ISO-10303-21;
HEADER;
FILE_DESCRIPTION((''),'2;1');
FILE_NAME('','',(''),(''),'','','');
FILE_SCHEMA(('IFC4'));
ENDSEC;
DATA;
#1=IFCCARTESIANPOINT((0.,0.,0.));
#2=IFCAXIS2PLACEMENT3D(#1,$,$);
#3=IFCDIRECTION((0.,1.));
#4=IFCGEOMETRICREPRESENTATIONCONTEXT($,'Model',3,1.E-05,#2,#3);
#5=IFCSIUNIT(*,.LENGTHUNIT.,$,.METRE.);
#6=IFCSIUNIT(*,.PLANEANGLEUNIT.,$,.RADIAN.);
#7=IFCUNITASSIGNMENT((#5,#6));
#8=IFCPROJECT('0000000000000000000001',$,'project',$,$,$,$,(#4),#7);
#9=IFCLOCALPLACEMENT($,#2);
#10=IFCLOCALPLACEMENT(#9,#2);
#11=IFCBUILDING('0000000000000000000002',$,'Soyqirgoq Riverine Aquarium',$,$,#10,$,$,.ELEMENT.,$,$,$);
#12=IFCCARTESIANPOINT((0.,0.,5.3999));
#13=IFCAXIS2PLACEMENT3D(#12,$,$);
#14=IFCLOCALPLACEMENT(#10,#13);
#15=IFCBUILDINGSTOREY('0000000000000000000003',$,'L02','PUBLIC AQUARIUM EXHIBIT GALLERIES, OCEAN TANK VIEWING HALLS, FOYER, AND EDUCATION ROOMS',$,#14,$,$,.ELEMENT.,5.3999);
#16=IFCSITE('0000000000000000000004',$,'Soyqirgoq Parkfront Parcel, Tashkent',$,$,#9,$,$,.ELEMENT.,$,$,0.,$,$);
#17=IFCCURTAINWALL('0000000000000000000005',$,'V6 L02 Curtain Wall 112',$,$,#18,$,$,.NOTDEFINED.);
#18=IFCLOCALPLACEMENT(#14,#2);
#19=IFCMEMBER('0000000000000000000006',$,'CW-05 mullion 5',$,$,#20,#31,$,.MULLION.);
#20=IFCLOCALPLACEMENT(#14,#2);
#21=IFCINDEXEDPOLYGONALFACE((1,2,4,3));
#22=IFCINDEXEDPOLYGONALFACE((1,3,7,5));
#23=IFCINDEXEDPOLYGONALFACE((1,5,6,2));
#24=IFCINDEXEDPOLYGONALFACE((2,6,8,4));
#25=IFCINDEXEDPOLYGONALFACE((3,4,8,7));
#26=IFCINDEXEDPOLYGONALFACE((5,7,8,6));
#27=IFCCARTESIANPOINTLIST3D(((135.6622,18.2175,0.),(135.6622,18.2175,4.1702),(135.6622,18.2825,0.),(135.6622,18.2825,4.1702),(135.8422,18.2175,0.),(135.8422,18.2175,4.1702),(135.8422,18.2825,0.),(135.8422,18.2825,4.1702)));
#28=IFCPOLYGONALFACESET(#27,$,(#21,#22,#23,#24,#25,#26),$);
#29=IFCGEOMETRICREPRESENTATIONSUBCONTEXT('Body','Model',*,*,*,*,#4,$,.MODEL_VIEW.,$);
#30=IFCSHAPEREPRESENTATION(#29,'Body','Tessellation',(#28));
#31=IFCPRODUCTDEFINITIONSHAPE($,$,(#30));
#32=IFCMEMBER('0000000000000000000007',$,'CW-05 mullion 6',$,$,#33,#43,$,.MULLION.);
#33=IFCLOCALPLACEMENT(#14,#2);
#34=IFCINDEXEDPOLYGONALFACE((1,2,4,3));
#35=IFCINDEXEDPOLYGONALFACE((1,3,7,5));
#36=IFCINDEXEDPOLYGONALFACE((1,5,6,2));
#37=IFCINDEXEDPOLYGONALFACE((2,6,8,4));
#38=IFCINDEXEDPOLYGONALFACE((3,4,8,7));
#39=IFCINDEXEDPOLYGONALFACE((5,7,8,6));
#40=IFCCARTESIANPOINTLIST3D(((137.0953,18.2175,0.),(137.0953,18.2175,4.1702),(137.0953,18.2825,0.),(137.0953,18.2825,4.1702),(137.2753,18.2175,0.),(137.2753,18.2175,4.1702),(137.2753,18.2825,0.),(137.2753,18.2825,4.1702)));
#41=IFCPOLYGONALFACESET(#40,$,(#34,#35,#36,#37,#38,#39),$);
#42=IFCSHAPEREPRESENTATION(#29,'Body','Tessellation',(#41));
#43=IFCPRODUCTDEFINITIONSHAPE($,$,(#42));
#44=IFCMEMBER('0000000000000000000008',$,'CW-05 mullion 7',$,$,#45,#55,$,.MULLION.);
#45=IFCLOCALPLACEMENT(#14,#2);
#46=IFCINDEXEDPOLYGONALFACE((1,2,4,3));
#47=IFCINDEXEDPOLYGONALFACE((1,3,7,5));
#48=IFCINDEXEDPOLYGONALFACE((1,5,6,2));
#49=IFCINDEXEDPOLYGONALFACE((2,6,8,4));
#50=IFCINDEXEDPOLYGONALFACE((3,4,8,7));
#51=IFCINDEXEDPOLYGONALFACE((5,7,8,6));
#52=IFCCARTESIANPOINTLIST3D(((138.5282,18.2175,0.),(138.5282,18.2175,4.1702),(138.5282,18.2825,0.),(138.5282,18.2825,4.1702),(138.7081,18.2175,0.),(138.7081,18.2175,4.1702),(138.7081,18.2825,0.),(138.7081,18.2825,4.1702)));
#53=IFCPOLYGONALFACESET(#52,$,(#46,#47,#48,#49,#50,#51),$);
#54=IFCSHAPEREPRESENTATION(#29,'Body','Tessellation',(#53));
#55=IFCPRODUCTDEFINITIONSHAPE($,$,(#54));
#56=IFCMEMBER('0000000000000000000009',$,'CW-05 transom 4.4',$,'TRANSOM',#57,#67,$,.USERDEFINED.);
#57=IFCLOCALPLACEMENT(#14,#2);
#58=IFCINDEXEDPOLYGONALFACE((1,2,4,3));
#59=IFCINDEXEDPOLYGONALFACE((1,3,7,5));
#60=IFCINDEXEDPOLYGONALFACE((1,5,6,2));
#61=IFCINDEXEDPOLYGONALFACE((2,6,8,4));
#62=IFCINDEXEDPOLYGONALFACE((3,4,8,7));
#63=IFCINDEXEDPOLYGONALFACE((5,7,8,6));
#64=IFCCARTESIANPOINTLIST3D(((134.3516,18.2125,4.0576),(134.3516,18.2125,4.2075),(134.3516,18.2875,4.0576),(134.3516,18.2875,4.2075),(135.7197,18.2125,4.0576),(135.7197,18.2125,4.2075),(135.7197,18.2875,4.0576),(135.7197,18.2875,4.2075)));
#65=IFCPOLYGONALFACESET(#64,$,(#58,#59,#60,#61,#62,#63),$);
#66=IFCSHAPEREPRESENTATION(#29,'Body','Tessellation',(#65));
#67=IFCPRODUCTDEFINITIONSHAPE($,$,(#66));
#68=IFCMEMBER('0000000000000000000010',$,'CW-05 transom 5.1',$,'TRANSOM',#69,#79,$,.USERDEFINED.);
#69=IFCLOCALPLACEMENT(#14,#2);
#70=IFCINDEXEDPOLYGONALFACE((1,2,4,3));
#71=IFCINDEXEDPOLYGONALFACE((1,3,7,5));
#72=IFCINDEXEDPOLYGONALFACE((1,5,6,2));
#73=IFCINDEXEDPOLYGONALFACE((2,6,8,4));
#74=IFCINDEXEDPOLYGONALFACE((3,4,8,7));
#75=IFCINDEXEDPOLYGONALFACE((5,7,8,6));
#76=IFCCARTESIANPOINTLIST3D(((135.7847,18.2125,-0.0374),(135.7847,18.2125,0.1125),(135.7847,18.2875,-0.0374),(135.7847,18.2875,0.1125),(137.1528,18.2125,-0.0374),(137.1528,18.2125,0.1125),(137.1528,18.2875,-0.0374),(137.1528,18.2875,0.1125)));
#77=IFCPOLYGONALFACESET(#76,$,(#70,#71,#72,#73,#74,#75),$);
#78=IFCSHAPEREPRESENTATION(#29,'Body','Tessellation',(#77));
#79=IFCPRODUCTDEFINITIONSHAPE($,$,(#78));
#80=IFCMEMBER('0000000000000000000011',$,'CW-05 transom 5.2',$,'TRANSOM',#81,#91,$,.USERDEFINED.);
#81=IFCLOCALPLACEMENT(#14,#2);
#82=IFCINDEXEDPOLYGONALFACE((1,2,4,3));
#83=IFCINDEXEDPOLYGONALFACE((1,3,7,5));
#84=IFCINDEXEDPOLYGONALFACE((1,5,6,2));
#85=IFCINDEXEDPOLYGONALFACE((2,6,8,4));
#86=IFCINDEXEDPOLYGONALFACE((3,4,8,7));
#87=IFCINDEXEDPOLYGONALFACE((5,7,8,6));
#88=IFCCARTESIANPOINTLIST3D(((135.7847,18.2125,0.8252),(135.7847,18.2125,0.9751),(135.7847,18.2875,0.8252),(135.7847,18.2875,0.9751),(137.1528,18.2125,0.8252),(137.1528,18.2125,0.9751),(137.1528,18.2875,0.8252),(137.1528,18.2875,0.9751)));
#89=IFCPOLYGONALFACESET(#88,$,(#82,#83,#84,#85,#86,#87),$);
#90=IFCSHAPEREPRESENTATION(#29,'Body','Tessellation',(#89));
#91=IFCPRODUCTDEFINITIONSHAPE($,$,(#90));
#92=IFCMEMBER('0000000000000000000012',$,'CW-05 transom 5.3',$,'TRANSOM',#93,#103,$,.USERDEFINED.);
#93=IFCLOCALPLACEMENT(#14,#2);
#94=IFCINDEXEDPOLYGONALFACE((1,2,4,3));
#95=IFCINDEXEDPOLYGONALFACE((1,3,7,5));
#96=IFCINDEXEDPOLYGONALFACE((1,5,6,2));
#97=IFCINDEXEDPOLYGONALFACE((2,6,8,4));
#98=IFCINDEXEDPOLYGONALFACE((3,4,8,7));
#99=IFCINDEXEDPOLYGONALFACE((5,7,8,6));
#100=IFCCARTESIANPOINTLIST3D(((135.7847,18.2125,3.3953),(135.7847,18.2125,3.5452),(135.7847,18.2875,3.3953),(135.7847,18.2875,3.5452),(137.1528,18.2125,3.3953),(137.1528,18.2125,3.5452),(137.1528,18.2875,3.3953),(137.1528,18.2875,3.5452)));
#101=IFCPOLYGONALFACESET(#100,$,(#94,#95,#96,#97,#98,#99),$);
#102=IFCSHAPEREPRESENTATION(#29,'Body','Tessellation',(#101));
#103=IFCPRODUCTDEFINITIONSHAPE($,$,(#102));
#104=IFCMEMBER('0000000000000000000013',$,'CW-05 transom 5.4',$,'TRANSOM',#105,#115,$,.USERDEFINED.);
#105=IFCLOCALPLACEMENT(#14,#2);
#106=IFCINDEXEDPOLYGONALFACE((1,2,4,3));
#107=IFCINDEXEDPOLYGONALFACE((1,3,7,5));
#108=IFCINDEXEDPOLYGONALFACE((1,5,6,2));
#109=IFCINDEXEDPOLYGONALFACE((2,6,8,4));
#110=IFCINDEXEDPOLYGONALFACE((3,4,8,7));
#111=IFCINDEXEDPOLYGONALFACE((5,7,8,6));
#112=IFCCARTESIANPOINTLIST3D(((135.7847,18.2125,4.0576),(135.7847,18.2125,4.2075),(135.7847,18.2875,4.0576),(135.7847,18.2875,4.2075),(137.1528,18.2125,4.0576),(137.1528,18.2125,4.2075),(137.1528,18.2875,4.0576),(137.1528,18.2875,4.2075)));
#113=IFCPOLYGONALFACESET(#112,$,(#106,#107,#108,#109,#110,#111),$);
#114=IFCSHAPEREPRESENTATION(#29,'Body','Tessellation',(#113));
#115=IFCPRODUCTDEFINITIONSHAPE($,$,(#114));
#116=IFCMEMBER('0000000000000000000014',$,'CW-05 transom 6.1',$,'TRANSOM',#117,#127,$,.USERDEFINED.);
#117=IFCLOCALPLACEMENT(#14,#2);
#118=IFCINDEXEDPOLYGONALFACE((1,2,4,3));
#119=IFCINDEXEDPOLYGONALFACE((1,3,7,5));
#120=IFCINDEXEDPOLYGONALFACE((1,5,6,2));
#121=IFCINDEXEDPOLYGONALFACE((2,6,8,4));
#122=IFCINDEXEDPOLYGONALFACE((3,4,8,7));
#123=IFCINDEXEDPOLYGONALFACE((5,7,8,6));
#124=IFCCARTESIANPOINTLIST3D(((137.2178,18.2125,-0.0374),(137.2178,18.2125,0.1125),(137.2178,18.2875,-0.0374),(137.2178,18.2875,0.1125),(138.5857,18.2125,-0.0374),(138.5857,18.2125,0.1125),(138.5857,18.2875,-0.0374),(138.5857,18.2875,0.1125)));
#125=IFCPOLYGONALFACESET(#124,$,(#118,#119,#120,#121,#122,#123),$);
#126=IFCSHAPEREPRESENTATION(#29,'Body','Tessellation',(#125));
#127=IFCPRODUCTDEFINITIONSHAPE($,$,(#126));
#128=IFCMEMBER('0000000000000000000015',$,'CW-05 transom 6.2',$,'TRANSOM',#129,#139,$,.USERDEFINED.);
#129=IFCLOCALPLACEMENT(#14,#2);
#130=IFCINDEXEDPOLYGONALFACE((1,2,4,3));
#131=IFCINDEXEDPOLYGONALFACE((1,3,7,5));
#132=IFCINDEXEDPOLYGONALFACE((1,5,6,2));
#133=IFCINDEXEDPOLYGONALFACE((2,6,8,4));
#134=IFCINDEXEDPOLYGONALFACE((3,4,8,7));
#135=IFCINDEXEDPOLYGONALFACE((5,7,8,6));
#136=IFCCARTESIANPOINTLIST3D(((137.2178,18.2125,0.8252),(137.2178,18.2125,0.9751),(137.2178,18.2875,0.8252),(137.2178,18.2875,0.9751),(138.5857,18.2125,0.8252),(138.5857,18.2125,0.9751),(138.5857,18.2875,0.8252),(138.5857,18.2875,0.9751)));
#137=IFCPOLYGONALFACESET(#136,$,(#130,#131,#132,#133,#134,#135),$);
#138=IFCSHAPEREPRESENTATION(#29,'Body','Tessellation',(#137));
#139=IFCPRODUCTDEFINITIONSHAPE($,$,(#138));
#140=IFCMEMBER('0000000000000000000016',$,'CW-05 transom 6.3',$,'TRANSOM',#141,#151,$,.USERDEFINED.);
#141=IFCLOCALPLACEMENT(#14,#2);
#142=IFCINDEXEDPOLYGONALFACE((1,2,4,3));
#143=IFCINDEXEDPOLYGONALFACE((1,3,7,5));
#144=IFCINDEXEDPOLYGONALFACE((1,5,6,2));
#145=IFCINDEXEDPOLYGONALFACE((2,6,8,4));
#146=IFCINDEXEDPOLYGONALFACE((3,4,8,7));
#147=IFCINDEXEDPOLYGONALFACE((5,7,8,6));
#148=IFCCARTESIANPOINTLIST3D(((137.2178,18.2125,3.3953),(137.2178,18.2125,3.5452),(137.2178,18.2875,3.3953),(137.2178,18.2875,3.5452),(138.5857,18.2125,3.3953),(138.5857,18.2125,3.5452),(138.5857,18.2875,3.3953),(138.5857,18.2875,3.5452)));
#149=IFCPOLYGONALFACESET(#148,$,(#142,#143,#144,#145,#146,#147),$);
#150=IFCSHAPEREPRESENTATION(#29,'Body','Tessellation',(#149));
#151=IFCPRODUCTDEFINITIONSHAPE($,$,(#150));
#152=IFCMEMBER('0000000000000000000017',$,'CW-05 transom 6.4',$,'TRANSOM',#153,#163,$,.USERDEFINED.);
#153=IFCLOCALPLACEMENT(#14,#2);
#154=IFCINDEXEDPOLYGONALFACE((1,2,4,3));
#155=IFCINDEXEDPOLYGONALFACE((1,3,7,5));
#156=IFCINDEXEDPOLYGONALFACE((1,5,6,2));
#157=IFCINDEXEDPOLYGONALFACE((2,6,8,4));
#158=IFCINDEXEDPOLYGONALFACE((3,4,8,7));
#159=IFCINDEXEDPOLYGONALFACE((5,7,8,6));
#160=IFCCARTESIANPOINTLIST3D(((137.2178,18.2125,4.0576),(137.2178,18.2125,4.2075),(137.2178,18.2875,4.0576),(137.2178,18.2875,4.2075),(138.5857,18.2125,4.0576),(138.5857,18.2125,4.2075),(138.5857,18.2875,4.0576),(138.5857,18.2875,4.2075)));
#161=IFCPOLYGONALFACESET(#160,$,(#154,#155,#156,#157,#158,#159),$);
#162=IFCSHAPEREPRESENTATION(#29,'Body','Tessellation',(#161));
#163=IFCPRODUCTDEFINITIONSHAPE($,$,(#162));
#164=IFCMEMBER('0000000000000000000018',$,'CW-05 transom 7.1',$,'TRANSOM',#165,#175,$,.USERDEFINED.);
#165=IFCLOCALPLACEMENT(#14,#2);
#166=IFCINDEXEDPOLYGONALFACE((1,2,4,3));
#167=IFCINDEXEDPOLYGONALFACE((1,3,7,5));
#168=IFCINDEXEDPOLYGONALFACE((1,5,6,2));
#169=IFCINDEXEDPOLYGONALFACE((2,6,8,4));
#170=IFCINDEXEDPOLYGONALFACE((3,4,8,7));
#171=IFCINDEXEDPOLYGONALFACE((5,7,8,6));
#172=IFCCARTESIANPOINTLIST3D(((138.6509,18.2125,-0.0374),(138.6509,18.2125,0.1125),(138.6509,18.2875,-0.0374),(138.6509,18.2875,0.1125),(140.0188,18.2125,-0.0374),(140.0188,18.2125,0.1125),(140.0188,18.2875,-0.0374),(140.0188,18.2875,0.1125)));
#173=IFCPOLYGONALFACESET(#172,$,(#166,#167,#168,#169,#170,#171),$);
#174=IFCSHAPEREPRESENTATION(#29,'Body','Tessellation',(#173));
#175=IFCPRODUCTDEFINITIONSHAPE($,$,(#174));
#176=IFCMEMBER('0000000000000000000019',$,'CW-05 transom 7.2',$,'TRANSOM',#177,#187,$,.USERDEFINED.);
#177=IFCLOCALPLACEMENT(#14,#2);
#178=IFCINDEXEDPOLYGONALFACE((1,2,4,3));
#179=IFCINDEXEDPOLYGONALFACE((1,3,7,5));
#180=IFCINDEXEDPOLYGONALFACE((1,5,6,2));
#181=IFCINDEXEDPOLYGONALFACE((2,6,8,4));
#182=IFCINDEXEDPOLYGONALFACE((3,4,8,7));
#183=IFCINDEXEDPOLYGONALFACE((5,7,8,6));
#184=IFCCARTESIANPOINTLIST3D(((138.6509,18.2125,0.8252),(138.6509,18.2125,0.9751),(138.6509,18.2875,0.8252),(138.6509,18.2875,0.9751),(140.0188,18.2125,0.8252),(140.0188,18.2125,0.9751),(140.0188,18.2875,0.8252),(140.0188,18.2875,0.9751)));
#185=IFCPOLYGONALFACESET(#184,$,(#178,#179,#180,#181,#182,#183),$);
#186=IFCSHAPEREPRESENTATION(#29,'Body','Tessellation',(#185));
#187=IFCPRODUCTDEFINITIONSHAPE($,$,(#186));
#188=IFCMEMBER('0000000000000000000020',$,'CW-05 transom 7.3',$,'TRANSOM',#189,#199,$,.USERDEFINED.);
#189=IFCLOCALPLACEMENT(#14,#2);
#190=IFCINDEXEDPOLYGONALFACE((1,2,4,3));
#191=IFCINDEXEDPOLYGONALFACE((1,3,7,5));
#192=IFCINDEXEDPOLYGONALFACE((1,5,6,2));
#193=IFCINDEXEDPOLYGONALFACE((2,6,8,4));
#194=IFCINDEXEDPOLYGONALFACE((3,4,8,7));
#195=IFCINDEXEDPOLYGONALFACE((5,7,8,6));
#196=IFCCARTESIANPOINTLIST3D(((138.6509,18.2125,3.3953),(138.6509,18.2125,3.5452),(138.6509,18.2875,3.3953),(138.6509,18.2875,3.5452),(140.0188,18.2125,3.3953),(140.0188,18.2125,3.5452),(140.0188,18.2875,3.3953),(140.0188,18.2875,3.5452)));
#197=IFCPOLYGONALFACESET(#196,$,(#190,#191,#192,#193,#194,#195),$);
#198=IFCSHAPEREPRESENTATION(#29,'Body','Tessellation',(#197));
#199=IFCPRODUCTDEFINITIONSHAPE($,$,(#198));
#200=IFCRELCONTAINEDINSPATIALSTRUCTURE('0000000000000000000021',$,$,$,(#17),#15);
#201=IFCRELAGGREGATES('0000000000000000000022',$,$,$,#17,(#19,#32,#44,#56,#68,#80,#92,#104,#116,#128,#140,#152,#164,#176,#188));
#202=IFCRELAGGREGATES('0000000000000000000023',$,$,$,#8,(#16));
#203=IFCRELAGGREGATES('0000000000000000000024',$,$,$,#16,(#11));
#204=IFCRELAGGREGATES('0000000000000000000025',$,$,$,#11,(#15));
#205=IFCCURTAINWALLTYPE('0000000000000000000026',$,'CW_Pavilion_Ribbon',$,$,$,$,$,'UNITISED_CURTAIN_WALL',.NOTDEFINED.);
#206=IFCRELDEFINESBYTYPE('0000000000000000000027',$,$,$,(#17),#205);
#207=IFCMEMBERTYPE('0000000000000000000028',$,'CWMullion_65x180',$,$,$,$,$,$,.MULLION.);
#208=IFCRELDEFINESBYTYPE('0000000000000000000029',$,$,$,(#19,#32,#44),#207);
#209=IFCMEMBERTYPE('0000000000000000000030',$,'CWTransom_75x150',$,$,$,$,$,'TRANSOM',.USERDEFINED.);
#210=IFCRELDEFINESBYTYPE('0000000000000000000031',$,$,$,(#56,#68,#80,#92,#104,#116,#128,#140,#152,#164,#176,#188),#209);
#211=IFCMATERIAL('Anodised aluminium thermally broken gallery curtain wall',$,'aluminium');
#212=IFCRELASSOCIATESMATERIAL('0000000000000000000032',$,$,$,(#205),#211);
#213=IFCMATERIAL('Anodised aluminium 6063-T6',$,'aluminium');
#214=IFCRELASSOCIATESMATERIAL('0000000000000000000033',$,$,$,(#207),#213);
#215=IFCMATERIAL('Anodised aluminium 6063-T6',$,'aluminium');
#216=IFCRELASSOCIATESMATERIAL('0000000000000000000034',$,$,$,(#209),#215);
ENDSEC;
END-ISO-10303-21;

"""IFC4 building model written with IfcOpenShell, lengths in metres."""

from ifc_helpers import new_model, si_unit, direction, frame, origin, origin_2d, place, context, subcontext, project, spatial, rectangle, extrude, material, material_profile, profile_set, type_object, element, aggregate, save


model = new_model("IFC4")

# Units and contexts
model_context = context("Model", 3, precision=1e-05, world=origin(), true_north=direction((0.0, 1.0)))
body_context = subcontext(model_context, "Body", "Model", "MODEL_VIEW")
ifc_project = project(units=[si_unit("LENGTHUNIT", "METRE"), si_unit("PLANEANGLEUNIT", "RADIAN")], contexts=[model_context])

# Site, building, storey
site_placement = place(None, origin())
site = spatial("IfcSite", under=ifc_project, at=site_placement, Name="Soyqirgoq Parkfront Parcel, Tashkent", CompositionType="ELEMENT", RefElevation=0.0)
building_placement = place(site_placement, origin())
building = spatial("IfcBuilding", under=site, at=building_placement, Name="Soyqirgoq Riverine Aquarium", CompositionType="ELEMENT")
storey_placement = place(building_placement, frame((0.0, 0.0, 5.3999)))
storey = spatial("IfcBuildingStorey", under=building, at=storey_placement, Name="L02", Description="PUBLIC AQUARIUM EXHIBIT GALLERIES, OCEAN TANK VIEWING HALLS, FOYER, AND EDUCATION ROOMS", CompositionType="ELEMENT", Elevation=5.3999)

# Curtain wall, members
ifc_material_1 = material(Name="Anodised aluminium thermally broken gallery curtain wall", Category="aluminium")
curtain_wall_type = type_object("IfcCurtainWallType", Name="CW_Pavilion_Ribbon", ElementType="UNITISED_CURTAIN_WALL", PredefinedType="NOTDEFINED", material=ifc_material_1)
curtain_wall_placement = place(storey_placement, origin())
curtain_wall = element("IfcCurtainWall", 1, at=curtain_wall_placement, inside=storey, type_object=curtain_wall_type, Name="V6 L02 Curtain Wall 112", PredefinedType="NOTDEFINED")
ifc_material_2 = material(Name="Anodised aluminium 6063-T6", Category="aluminium")
ifc_material_profile_1 = material_profile(ifc_material_2, rectangle(XDim=0.0649, YDim=0.1799, at=origin_2d()), Name="ALU-M 65x180")
ifc_profile_set_1 = profile_set([ifc_material_profile_1], Name="Anodised aluminium 6063-T6")
member_type_1 = type_object("IfcMemberType", Name="CWMullion_65x180", PredefinedType="MULLION", material=ifc_profile_set_1)
member_1_placement = place(storey_placement, frame((135.7522, 18.25, 0.0), z_axis=(0.0, 0.0, 1.0), x_axis=(0.0, 1.0, 0.0)))
member_1 = element("IfcMember", 2, at=member_1_placement, type_object=member_type_1, Name="CW-05 mullion 5", PredefinedType="MULLION", context=body_context, shape_type="SweptSolid", body=[
    extrude(rectangle(XDim=0.0649, YDim=0.1799, at=origin_2d()), origin(), (0.0, 0.0, 1.0), 4.1702),
])
member_2_placement = place(storey_placement, frame((137.1853, 18.25, 0.0), z_axis=(0.0, 0.0, 1.0), x_axis=(0.0, 1.0, 0.0)))
member_2 = element("IfcMember", 3, at=member_2_placement, type_object=member_type_1, Name="CW-05 mullion 6", PredefinedType="MULLION", context=body_context, shape_type="SweptSolid", body=[
    extrude(rectangle(XDim=0.0649, YDim=0.1799, at=origin_2d()), origin(), (0.0, 0.0, 1.0), 4.1702),
])
member_3_placement = place(storey_placement, frame((138.6182, 18.25, 0.0), z_axis=(0.0, 0.0, 1.0), x_axis=(0.0, 1.0, 0.0)))
member_3 = element("IfcMember", 4, at=member_3_placement, type_object=member_type_1, Name="CW-05 mullion 7", PredefinedType="MULLION", context=body_context, shape_type="SweptSolid", body=[
    extrude(rectangle(XDim=0.0649, YDim=0.1799, at=origin_2d()), origin(), (0.0, 0.0, 1.0), 4.1702),
])
ifc_material_3 = material(Name="Anodised aluminium 6063-T6", Category="aluminium")
ifc_material_profile_2 = material_profile(ifc_material_3, rectangle(XDim=0.075, YDim=0.1499, at=origin_2d()), Name="ALU-T 75x150")
ifc_profile_set_2 = profile_set([ifc_material_profile_2], Name="Anodised aluminium 6063-T6")
member_type_2 = type_object("IfcMemberType", Name="CWTransom_75x150", ElementType="TRANSOM", PredefinedType="USERDEFINED", material=ifc_profile_set_2)
member_4_placement = place(storey_placement, frame((134.3516, 18.25, 4.1326), z_axis=(1.0, 0.0, 0.0), x_axis=(0.0, 1.0, 0.0)))
member_4 = element("IfcMember", 5, at=member_4_placement, type_object=member_type_2, Name="CW-05 transom 4.4", ObjectType="TRANSOM", PredefinedType="USERDEFINED", context=body_context, shape_type="SweptSolid", body=[
    extrude(rectangle(XDim=0.075, YDim=0.1499, at=origin_2d()), origin(), (0.0, 0.0, 1.0), 1.3682),
])
member_5_placement = place(storey_placement, frame((135.7847, 18.25, 0.0376), z_axis=(1.0, 0.0, 0.0), x_axis=(0.0, 1.0, 0.0)))
member_5 = element("IfcMember", 6, at=member_5_placement, type_object=member_type_2, Name="CW-05 transom 5.1", ObjectType="TRANSOM", PredefinedType="USERDEFINED", context=body_context, shape_type="SweptSolid", body=[
    extrude(rectangle(XDim=0.075, YDim=0.1499, at=origin_2d()), origin(), (0.0, 0.0, 1.0), 1.3682),
])
member_6_placement = place(storey_placement, frame((135.7847, 18.25, 0.9001), z_axis=(1.0, 0.0, 0.0), x_axis=(0.0, 1.0, 0.0)))
member_6 = element("IfcMember", 7, at=member_6_placement, type_object=member_type_2, Name="CW-05 transom 5.2", ObjectType="TRANSOM", PredefinedType="USERDEFINED", context=body_context, shape_type="SweptSolid", body=[
    extrude(rectangle(XDim=0.075, YDim=0.1499, at=origin_2d()), origin(), (0.0, 0.0, 1.0), 1.3682),
])
member_7_placement = place(storey_placement, frame((135.7847, 18.25, 3.4702), z_axis=(1.0, 0.0, 0.0), x_axis=(0.0, 1.0, 0.0)))
member_7 = element("IfcMember", 8, at=member_7_placement, type_object=member_type_2, Name="CW-05 transom 5.3", ObjectType="TRANSOM", PredefinedType="USERDEFINED", context=body_context, shape_type="SweptSolid", body=[
    extrude(rectangle(XDim=0.075, YDim=0.1499, at=origin_2d()), origin(), (0.0, 0.0, 1.0), 1.3682),
])
member_8_placement = place(storey_placement, frame((135.7847, 18.25, 4.1326), z_axis=(1.0, 0.0, 0.0), x_axis=(0.0, 1.0, 0.0)))
member_8 = element("IfcMember", 9, at=member_8_placement, type_object=member_type_2, Name="CW-05 transom 5.4", ObjectType="TRANSOM", PredefinedType="USERDEFINED", context=body_context, shape_type="SweptSolid", body=[
    extrude(rectangle(XDim=0.075, YDim=0.1499, at=origin_2d()), origin(), (0.0, 0.0, 1.0), 1.3682),
])
member_9_placement = place(storey_placement, frame((137.2178, 18.25, 0.0376), z_axis=(1.0, 0.0, 0.0), x_axis=(0.0, 1.0, 0.0)))
member_9 = element("IfcMember", 10, at=member_9_placement, type_object=member_type_2, Name="CW-05 transom 6.1", ObjectType="TRANSOM", PredefinedType="USERDEFINED", context=body_context, shape_type="SweptSolid", body=[
    extrude(rectangle(XDim=0.075, YDim=0.1499, at=origin_2d()), origin(), (0.0, 0.0, 1.0), 1.3679),
])
member_10_placement = place(storey_placement, frame((137.2178, 18.25, 0.9001), z_axis=(1.0, 0.0, 0.0), x_axis=(0.0, 1.0, 0.0)))
member_10 = element("IfcMember", 11, at=member_10_placement, type_object=member_type_2, Name="CW-05 transom 6.2", ObjectType="TRANSOM", PredefinedType="USERDEFINED", context=body_context, shape_type="SweptSolid", body=[
    extrude(rectangle(XDim=0.075, YDim=0.1499, at=origin_2d()), origin(), (0.0, 0.0, 1.0), 1.3679),
])
member_11_placement = place(storey_placement, frame((137.2178, 18.25, 3.4702), z_axis=(1.0, 0.0, 0.0), x_axis=(0.0, 1.0, 0.0)))
member_11 = element("IfcMember", 12, at=member_11_placement, type_object=member_type_2, Name="CW-05 transom 6.3", ObjectType="TRANSOM", PredefinedType="USERDEFINED", context=body_context, shape_type="SweptSolid", body=[
    extrude(rectangle(XDim=0.075, YDim=0.1499, at=origin_2d()), origin(), (0.0, 0.0, 1.0), 1.3679),
])
member_12_placement = place(storey_placement, frame((137.2178, 18.25, 4.1326), z_axis=(1.0, 0.0, 0.0), x_axis=(0.0, 1.0, 0.0)))
member_12 = element("IfcMember", 13, at=member_12_placement, type_object=member_type_2, Name="CW-05 transom 6.4", ObjectType="TRANSOM", PredefinedType="USERDEFINED", context=body_context, shape_type="SweptSolid", body=[
    extrude(rectangle(XDim=0.075, YDim=0.1499, at=origin_2d()), origin(), (0.0, 0.0, 1.0), 1.3679),
])
member_13_placement = place(storey_placement, frame((138.6509, 18.25, 0.0376), z_axis=(1.0, 0.0, 0.0), x_axis=(0.0, 1.0, 0.0)))
member_13 = element("IfcMember", 14, at=member_13_placement, type_object=member_type_2, Name="CW-05 transom 7.1", ObjectType="TRANSOM", PredefinedType="USERDEFINED", context=body_context, shape_type="SweptSolid", body=[
    extrude(rectangle(XDim=0.075, YDim=0.1499, at=origin_2d()), origin(), (0.0, 0.0, 1.0), 1.3679),
])
member_14_placement = place(storey_placement, frame((138.6509, 18.25, 0.9001), z_axis=(1.0, 0.0, 0.0), x_axis=(0.0, 1.0, 0.0)))
member_14 = element("IfcMember", 15, at=member_14_placement, type_object=member_type_2, Name="CW-05 transom 7.2", ObjectType="TRANSOM", PredefinedType="USERDEFINED", context=body_context, shape_type="SweptSolid", body=[
    extrude(rectangle(XDim=0.075, YDim=0.1499, at=origin_2d()), origin(), (0.0, 0.0, 1.0), 1.3679),
])
member_15_placement = place(storey_placement, frame((138.6509, 18.25, 3.4702), z_axis=(1.0, 0.0, 0.0), x_axis=(0.0, 1.0, 0.0)))
member_15 = element("IfcMember", 16, at=member_15_placement, type_object=member_type_2, Name="CW-05 transom 7.3", ObjectType="TRANSOM", PredefinedType="USERDEFINED", context=body_context, shape_type="SweptSolid", body=[
    extrude(rectangle(XDim=0.075, YDim=0.1499, at=origin_2d()), origin(), (0.0, 0.0, 1.0), 1.3679),
])
aggregate(curtain_wall, [member_1, member_2, member_3, member_4, member_5, member_6, member_7, member_8, member_9, member_10, member_11, member_12, member_13, member_14, member_15])

save(model, "model.ifc")
